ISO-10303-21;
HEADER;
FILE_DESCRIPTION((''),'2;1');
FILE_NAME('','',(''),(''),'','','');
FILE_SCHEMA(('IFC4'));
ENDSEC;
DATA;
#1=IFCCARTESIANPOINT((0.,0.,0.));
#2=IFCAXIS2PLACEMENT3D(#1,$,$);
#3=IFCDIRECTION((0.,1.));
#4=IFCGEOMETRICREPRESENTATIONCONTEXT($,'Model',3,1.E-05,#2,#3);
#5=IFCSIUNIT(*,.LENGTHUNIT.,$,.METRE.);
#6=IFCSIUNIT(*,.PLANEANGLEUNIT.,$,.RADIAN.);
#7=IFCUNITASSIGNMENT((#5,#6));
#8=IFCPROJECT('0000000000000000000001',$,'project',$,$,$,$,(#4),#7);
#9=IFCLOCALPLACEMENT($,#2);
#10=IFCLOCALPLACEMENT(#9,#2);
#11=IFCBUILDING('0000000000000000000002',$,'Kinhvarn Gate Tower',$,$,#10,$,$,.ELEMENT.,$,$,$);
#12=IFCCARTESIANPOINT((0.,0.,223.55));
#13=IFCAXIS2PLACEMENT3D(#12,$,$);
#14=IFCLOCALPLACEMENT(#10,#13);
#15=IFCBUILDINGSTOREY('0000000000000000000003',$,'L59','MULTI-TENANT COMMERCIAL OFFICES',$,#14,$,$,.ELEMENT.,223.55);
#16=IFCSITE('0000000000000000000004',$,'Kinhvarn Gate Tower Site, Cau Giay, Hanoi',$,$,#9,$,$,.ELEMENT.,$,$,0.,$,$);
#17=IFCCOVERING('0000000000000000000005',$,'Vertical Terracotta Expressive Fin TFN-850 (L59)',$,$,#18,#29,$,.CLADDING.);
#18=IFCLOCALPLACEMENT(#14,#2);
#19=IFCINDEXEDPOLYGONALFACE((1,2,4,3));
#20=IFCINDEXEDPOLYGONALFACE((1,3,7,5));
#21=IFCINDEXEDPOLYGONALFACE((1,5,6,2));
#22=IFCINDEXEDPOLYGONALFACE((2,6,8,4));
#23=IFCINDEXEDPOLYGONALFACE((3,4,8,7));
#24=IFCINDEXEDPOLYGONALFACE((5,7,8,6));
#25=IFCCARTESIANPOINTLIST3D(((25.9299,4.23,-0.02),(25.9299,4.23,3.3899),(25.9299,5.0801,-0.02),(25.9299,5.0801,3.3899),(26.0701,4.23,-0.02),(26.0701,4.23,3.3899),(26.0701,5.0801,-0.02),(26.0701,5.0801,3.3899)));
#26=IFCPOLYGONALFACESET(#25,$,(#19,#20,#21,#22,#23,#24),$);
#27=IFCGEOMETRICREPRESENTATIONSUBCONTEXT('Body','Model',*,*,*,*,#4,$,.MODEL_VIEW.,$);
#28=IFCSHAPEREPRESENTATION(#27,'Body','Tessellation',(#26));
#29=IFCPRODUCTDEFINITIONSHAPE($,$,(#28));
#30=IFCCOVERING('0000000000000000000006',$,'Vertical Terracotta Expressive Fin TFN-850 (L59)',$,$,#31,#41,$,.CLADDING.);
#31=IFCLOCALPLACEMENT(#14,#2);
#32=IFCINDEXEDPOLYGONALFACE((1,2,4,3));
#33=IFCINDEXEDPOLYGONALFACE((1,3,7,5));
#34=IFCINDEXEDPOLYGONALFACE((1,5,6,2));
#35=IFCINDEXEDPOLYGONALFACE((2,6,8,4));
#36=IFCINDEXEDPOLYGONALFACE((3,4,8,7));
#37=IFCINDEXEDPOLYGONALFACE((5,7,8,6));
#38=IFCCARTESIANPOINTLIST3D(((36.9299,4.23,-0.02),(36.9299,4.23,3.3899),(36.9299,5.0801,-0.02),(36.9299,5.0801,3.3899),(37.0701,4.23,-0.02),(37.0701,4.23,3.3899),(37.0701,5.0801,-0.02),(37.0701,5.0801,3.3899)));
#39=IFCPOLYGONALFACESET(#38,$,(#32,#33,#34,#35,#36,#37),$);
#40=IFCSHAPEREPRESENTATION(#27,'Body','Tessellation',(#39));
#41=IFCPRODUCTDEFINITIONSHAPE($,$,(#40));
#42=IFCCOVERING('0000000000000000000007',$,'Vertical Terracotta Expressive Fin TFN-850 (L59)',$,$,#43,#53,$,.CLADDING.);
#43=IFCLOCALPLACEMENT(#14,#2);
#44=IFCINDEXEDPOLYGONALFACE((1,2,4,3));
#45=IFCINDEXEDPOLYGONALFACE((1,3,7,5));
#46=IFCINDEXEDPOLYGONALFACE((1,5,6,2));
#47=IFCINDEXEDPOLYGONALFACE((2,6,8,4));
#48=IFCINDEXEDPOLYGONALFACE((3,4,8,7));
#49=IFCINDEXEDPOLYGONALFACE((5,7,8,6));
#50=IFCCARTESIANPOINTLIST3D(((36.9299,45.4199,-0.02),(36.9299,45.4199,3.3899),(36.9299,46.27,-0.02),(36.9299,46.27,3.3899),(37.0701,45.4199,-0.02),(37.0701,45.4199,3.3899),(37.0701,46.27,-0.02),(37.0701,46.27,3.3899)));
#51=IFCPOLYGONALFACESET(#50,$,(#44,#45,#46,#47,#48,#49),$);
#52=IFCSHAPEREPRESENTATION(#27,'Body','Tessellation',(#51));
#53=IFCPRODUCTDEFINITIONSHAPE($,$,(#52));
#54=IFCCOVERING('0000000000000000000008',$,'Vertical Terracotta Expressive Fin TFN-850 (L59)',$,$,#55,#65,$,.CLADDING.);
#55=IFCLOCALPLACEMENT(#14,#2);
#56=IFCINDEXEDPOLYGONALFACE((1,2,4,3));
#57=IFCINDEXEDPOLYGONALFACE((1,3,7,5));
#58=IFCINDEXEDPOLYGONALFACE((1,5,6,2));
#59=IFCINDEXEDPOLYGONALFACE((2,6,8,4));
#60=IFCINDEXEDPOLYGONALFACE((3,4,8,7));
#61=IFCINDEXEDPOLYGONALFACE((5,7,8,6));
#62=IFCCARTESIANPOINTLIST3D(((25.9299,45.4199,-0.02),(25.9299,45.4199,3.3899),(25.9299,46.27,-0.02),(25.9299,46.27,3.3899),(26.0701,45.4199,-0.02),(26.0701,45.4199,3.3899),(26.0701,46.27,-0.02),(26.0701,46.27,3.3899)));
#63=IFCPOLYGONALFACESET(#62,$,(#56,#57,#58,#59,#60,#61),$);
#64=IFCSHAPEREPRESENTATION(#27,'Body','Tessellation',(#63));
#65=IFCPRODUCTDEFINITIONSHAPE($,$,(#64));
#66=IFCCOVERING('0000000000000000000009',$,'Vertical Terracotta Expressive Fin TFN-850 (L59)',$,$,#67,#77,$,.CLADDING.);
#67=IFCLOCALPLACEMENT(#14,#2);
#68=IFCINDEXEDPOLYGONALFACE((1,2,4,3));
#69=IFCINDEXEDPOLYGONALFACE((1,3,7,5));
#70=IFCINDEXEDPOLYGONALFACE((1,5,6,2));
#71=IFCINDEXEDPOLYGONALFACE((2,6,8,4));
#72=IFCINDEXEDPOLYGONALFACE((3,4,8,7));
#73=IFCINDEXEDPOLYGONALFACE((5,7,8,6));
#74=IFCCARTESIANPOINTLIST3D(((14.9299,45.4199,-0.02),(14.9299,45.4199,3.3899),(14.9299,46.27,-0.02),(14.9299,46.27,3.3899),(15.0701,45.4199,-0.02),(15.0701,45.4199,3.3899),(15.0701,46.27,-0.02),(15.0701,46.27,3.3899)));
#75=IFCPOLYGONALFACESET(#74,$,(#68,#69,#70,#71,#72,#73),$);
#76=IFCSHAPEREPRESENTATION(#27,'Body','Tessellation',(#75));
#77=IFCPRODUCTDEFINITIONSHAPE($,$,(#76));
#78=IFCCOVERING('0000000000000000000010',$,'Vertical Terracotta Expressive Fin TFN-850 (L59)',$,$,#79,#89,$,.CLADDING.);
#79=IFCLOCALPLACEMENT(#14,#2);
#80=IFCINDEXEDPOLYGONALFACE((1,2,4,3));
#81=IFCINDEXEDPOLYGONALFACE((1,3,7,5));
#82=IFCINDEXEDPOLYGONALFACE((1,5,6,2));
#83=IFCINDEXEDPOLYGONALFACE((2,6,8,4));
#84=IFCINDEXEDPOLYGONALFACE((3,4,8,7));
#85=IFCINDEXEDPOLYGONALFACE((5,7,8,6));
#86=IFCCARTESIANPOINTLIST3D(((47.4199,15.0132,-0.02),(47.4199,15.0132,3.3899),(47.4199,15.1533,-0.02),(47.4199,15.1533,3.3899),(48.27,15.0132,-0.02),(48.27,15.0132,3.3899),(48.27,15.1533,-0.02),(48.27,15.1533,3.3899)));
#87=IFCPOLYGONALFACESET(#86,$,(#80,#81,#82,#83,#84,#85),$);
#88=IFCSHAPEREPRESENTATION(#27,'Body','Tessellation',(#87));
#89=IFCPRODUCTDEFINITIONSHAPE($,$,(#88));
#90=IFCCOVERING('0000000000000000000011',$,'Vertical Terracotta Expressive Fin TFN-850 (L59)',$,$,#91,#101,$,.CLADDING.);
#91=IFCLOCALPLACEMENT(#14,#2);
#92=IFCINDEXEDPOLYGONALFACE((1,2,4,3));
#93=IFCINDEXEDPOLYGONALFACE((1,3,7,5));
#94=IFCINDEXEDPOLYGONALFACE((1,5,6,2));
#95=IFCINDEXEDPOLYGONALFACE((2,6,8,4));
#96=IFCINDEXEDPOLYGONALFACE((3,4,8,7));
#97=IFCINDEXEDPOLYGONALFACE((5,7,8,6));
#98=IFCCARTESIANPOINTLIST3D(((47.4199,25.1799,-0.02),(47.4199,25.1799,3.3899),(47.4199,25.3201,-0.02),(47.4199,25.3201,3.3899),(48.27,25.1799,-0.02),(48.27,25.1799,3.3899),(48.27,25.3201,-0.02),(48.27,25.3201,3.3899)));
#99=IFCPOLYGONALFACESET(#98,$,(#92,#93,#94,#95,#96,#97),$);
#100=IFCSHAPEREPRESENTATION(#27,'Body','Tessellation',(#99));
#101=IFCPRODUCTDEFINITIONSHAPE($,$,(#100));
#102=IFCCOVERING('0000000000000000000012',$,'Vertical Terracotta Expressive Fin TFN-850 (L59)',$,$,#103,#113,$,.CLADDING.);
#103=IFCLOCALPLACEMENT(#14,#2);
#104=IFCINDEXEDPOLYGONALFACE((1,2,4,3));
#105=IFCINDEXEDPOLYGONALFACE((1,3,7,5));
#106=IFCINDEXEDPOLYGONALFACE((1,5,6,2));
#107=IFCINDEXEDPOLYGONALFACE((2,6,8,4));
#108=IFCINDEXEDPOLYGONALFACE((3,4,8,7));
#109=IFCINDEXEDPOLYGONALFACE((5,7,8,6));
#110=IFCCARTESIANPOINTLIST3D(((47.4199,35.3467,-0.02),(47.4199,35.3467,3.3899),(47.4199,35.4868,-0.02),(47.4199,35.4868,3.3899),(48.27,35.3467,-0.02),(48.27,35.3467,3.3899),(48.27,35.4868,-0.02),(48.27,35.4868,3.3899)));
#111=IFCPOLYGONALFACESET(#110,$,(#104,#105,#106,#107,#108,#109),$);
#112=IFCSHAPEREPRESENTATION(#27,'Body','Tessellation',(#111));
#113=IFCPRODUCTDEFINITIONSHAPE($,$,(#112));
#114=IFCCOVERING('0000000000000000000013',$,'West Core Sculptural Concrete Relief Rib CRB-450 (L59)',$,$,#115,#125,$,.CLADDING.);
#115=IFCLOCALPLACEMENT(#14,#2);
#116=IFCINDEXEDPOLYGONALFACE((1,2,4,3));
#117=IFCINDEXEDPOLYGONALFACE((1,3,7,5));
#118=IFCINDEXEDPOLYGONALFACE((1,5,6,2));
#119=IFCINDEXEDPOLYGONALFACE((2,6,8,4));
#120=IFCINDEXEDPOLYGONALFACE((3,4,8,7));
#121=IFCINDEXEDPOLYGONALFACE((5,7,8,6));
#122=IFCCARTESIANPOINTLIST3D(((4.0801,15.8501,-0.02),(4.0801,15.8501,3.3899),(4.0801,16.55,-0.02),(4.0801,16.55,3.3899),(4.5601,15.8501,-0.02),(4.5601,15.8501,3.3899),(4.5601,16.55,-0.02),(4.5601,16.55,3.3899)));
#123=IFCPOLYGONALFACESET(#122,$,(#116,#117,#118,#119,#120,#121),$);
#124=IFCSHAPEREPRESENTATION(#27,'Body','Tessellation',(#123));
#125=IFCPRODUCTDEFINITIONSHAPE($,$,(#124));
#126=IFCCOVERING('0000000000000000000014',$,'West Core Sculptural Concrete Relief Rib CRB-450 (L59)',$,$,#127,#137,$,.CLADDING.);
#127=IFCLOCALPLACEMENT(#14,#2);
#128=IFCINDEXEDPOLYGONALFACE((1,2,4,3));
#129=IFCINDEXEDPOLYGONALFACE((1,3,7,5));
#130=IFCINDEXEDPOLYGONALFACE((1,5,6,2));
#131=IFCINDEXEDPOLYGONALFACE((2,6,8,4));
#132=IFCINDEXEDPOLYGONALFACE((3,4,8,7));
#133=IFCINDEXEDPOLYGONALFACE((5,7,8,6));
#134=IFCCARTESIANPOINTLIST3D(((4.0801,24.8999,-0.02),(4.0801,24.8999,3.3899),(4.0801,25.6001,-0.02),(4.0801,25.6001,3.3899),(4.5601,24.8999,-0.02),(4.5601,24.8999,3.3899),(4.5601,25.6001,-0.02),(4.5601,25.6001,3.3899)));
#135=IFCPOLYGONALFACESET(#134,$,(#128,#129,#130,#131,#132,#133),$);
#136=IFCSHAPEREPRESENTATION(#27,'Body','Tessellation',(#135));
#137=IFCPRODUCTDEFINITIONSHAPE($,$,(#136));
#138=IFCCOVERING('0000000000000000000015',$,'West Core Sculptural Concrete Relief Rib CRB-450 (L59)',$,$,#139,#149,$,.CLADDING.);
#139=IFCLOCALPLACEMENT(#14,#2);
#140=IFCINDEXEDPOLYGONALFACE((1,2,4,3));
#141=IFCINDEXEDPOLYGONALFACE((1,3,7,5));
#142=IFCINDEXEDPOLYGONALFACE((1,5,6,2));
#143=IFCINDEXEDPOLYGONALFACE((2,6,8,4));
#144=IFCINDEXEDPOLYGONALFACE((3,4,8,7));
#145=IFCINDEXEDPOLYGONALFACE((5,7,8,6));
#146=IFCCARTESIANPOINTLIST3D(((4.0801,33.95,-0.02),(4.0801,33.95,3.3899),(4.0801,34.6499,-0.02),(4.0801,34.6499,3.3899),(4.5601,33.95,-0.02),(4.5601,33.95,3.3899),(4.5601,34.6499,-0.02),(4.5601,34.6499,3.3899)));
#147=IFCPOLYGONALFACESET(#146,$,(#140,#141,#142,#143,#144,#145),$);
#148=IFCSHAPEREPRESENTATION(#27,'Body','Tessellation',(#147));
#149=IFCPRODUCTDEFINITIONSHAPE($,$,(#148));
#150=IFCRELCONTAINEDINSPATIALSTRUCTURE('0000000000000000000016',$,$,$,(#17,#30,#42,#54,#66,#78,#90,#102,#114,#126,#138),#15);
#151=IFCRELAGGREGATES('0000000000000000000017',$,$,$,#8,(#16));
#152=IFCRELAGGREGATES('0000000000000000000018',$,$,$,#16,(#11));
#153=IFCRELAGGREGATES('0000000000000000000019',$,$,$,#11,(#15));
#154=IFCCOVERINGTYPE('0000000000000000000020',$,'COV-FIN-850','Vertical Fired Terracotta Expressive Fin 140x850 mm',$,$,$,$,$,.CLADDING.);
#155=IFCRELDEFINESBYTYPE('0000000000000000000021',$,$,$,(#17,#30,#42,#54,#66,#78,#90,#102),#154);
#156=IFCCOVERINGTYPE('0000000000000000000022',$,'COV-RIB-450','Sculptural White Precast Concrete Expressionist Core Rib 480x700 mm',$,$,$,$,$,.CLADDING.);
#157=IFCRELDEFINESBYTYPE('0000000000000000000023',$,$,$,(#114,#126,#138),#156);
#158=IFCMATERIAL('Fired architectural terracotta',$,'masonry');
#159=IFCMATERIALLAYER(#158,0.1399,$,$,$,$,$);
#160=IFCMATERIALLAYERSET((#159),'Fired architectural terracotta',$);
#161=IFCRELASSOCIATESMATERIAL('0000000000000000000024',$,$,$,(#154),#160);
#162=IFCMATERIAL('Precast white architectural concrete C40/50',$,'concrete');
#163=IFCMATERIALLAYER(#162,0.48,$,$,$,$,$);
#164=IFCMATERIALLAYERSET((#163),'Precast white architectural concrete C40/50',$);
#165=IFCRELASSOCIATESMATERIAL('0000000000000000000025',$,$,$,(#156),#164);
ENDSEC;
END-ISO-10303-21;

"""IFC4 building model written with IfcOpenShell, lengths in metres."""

from ifc_helpers import new_model, si_unit, direction, frame, origin, place, context, subcontext, project, spatial, polyline, outline, extrude, material, layer, layer_set, type_object, element, save


model = new_model("IFC4")

# Units and contexts
model_context = context("Model", 3, precision=1e-05, world=origin(), true_north=direction((0.0, 1.0)))
body_context = subcontext(model_context, "Body", "Model", "MODEL_VIEW")
ifc_project = project(units=[si_unit("LENGTHUNIT", "METRE"), si_unit("PLANEANGLEUNIT", "RADIAN")], contexts=[model_context])

# Site, building, storey
site_placement = place(None, origin())
site = spatial("IfcSite", under=ifc_project, at=site_placement, Name="Kinhvarn Gate Tower Site, Cau Giay, Hanoi", CompositionType="ELEMENT", RefElevation=0.0)
building_placement = place(site_placement, origin())
building = spatial("IfcBuilding", under=site, at=building_placement, Name="Kinhvarn Gate Tower", CompositionType="ELEMENT")
storey_placement = place(building_placement, frame((0.0, 0.0, 223.55)))
storey = spatial("IfcBuildingStorey", under=building, at=storey_placement, Name="L59", Description="MULTI-TENANT COMMERCIAL OFFICES", CompositionType="ELEMENT", Elevation=223.55)

# Shared definitions
ifc_material_1 = material(Name="Precast white architectural concrete C40/50", Category="concrete")

# Coverings
ifc_material_2 = material(Name="Fired architectural terracotta", Category="masonry")
ifc_layer_1 = layer(ifc_material_2, 0.1399)
ifc_layer_set_1 = layer_set([ifc_layer_1], Name="Fired architectural terracotta")
covering_type_1 = type_object("IfcCoveringType", Name="COV-FIN-850", Description="Vertical Fired Terracotta Expressive Fin 140x850 mm", PredefinedType="CLADDING", material=ifc_layer_set_1)
covering_1_placement = place(storey_placement, frame((0.0, 0.0, -0.02)))
element("IfcCovering", 1, at=covering_1_placement, inside=storey, type_object=covering_type_1, Name="Vertical Terracotta Expressive Fin TFN-850 (L59)", PredefinedType="CLADDING", context=body_context, shape_type="SweptSolid", body=[
    extrude(outline(polyline([(25.9299, 5.0801), (26.0701, 5.0801), (26.0701, 4.23), (25.9299, 4.23), (25.9299, 5.0801)])), origin(), (0.0, 0.0, 1.0), 3.4099),
])
covering_2_placement = place(storey_placement, frame((0.0, 0.0, -0.02)))
element("IfcCovering", 2, at=covering_2_placement, inside=storey, type_object=covering_type_1, Name="Vertical Terracotta Expressive Fin TFN-850 (L59)", PredefinedType="CLADDING", context=body_context, shape_type="SweptSolid", body=[
    extrude(outline(polyline([(36.9299, 5.0801), (37.0701, 5.0801), (37.0701, 4.23), (36.9299, 4.23), (36.9299, 5.0801)])), origin(), (0.0, 0.0, 1.0), 3.4099),
])
covering_3_placement = place(storey_placement, frame((0.0, 0.0, -0.02)))
element("IfcCovering", 3, at=covering_3_placement, inside=storey, type_object=covering_type_1, Name="Vertical Terracotta Expressive Fin TFN-850 (L59)", PredefinedType="CLADDING", context=body_context, shape_type="SweptSolid", body=[
    extrude(outline(polyline([(37.0701, 45.4199), (36.9299, 45.4199), (36.9299, 46.27), (37.0701, 46.27), (37.0701, 45.4199)])), origin(), (0.0, 0.0, 1.0), 3.4099),
])
covering_4_placement = place(storey_placement, frame((0.0, 0.0, -0.02)))
element("IfcCovering", 4, at=covering_4_placement, inside=storey, type_object=covering_type_1, Name="Vertical Terracotta Expressive Fin TFN-850 (L59)", PredefinedType="CLADDING", context=body_context, shape_type="SweptSolid", body=[
    extrude(outline(polyline([(26.0701, 45.4199), (25.9299, 45.4199), (25.9299, 46.27), (26.0701, 46.27), (26.0701, 45.4199)])), origin(), (0.0, 0.0, 1.0), 3.4099),
])
covering_5_placement = place(storey_placement, frame((0.0, 0.0, -0.02)))
element("IfcCovering", 5, at=covering_5_placement, inside=storey, type_object=covering_type_1, Name="Vertical Terracotta Expressive Fin TFN-850 (L59)", PredefinedType="CLADDING", context=body_context, shape_type="SweptSolid", body=[
    extrude(outline(polyline([(15.0701, 45.4199), (14.9299, 45.4199), (14.9299, 46.27), (15.0701, 46.27), (15.0701, 45.4199)])), origin(), (0.0, 0.0, 1.0), 3.4099),
])
covering_6_placement = place(storey_placement, frame((0.0, 0.0, -0.02)))
element("IfcCovering", 6, at=covering_6_placement, inside=storey, type_object=covering_type_1, Name="Vertical Terracotta Expressive Fin TFN-850 (L59)", PredefinedType="CLADDING", context=body_context, shape_type="SweptSolid", body=[
    extrude(outline(polyline([(47.4199, 15.0132), (47.4199, 15.1533), (48.27, 15.1533), (48.27, 15.0132), (47.4199, 15.0132)])), origin(), (0.0, 0.0, 1.0), 3.4099),
])
covering_7_placement = place(storey_placement, frame((0.0, 0.0, -0.02)))
element("IfcCovering", 7, at=covering_7_placement, inside=storey, type_object=covering_type_1, Name="Vertical Terracotta Expressive Fin TFN-850 (L59)", PredefinedType="CLADDING", context=body_context, shape_type="SweptSolid", body=[
    extrude(outline(polyline([(47.4199, 25.1799), (47.4199, 25.3201), (48.27, 25.3201), (48.27, 25.1799), (47.4199, 25.1799)])), origin(), (0.0, 0.0, 1.0), 3.4099),
])
covering_8_placement = place(storey_placement, frame((0.0, 0.0, -0.02)))
element("IfcCovering", 8, at=covering_8_placement, inside=storey, type_object=covering_type_1, Name="Vertical Terracotta Expressive Fin TFN-850 (L59)", PredefinedType="CLADDING", context=body_context, shape_type="SweptSolid", body=[
    extrude(outline(polyline([(47.4199, 35.3467), (47.4199, 35.4868), (48.27, 35.4868), (48.27, 35.3467), (47.4199, 35.3467)])), origin(), (0.0, 0.0, 1.0), 3.4099),
])
ifc_layer_2 = layer(ifc_material_1, 0.48)
ifc_layer_set_2 = layer_set([ifc_layer_2], Name="Precast white architectural concrete C40/50")
covering_type_2 = type_object("IfcCoveringType", Name="COV-RIB-450", Description="Sculptural White Precast Concrete Expressionist Core Rib 480x700 mm", PredefinedType="CLADDING", material=ifc_layer_set_2)
covering_9_placement = place(storey_placement, frame((0.0, 0.0, -0.02)))
element("IfcCovering", 9, at=covering_9_placement, inside=storey, type_object=covering_type_2, Name="West Core Sculptural Concrete Relief Rib CRB-450 (L59)", PredefinedType="CLADDING", context=body_context, shape_type="SweptSolid", body=[
    extrude(outline(polyline([(4.0801, 15.8501), (4.5601, 15.8501), (4.5601, 16.55), (4.0801, 16.55), (4.0801, 15.8501)])), origin(), (0.0, 0.0, 1.0), 3.4099),
])
covering_10_placement = place(storey_placement, frame((0.0, 0.0, -0.02)))
element("IfcCovering", 10, at=covering_10_placement, inside=storey, type_object=covering_type_2, Name="West Core Sculptural Concrete Relief Rib CRB-450 (L59)", PredefinedType="CLADDING", context=body_context, shape_type="SweptSolid", body=[
    extrude(outline(polyline([(4.0801, 24.8999), (4.5601, 24.8999), (4.5601, 25.6001), (4.0801, 25.6001), (4.0801, 24.8999)])), origin(), (0.0, 0.0, 1.0), 3.4099),
])
covering_11_placement = place(storey_placement, frame((0.0, 0.0, -0.02)))
element("IfcCovering", 11, at=covering_11_placement, inside=storey, type_object=covering_type_2, Name="West Core Sculptural Concrete Relief Rib CRB-450 (L59)", PredefinedType="CLADDING", context=body_context, shape_type="SweptSolid", body=[
    extrude(outline(polyline([(4.0801, 33.95), (4.5601, 33.95), (4.5601, 34.6499), (4.0801, 34.6499), (4.0801, 33.95)])), origin(), (0.0, 0.0, 1.0), 3.4099),
])

save(model, "model.ifc")
